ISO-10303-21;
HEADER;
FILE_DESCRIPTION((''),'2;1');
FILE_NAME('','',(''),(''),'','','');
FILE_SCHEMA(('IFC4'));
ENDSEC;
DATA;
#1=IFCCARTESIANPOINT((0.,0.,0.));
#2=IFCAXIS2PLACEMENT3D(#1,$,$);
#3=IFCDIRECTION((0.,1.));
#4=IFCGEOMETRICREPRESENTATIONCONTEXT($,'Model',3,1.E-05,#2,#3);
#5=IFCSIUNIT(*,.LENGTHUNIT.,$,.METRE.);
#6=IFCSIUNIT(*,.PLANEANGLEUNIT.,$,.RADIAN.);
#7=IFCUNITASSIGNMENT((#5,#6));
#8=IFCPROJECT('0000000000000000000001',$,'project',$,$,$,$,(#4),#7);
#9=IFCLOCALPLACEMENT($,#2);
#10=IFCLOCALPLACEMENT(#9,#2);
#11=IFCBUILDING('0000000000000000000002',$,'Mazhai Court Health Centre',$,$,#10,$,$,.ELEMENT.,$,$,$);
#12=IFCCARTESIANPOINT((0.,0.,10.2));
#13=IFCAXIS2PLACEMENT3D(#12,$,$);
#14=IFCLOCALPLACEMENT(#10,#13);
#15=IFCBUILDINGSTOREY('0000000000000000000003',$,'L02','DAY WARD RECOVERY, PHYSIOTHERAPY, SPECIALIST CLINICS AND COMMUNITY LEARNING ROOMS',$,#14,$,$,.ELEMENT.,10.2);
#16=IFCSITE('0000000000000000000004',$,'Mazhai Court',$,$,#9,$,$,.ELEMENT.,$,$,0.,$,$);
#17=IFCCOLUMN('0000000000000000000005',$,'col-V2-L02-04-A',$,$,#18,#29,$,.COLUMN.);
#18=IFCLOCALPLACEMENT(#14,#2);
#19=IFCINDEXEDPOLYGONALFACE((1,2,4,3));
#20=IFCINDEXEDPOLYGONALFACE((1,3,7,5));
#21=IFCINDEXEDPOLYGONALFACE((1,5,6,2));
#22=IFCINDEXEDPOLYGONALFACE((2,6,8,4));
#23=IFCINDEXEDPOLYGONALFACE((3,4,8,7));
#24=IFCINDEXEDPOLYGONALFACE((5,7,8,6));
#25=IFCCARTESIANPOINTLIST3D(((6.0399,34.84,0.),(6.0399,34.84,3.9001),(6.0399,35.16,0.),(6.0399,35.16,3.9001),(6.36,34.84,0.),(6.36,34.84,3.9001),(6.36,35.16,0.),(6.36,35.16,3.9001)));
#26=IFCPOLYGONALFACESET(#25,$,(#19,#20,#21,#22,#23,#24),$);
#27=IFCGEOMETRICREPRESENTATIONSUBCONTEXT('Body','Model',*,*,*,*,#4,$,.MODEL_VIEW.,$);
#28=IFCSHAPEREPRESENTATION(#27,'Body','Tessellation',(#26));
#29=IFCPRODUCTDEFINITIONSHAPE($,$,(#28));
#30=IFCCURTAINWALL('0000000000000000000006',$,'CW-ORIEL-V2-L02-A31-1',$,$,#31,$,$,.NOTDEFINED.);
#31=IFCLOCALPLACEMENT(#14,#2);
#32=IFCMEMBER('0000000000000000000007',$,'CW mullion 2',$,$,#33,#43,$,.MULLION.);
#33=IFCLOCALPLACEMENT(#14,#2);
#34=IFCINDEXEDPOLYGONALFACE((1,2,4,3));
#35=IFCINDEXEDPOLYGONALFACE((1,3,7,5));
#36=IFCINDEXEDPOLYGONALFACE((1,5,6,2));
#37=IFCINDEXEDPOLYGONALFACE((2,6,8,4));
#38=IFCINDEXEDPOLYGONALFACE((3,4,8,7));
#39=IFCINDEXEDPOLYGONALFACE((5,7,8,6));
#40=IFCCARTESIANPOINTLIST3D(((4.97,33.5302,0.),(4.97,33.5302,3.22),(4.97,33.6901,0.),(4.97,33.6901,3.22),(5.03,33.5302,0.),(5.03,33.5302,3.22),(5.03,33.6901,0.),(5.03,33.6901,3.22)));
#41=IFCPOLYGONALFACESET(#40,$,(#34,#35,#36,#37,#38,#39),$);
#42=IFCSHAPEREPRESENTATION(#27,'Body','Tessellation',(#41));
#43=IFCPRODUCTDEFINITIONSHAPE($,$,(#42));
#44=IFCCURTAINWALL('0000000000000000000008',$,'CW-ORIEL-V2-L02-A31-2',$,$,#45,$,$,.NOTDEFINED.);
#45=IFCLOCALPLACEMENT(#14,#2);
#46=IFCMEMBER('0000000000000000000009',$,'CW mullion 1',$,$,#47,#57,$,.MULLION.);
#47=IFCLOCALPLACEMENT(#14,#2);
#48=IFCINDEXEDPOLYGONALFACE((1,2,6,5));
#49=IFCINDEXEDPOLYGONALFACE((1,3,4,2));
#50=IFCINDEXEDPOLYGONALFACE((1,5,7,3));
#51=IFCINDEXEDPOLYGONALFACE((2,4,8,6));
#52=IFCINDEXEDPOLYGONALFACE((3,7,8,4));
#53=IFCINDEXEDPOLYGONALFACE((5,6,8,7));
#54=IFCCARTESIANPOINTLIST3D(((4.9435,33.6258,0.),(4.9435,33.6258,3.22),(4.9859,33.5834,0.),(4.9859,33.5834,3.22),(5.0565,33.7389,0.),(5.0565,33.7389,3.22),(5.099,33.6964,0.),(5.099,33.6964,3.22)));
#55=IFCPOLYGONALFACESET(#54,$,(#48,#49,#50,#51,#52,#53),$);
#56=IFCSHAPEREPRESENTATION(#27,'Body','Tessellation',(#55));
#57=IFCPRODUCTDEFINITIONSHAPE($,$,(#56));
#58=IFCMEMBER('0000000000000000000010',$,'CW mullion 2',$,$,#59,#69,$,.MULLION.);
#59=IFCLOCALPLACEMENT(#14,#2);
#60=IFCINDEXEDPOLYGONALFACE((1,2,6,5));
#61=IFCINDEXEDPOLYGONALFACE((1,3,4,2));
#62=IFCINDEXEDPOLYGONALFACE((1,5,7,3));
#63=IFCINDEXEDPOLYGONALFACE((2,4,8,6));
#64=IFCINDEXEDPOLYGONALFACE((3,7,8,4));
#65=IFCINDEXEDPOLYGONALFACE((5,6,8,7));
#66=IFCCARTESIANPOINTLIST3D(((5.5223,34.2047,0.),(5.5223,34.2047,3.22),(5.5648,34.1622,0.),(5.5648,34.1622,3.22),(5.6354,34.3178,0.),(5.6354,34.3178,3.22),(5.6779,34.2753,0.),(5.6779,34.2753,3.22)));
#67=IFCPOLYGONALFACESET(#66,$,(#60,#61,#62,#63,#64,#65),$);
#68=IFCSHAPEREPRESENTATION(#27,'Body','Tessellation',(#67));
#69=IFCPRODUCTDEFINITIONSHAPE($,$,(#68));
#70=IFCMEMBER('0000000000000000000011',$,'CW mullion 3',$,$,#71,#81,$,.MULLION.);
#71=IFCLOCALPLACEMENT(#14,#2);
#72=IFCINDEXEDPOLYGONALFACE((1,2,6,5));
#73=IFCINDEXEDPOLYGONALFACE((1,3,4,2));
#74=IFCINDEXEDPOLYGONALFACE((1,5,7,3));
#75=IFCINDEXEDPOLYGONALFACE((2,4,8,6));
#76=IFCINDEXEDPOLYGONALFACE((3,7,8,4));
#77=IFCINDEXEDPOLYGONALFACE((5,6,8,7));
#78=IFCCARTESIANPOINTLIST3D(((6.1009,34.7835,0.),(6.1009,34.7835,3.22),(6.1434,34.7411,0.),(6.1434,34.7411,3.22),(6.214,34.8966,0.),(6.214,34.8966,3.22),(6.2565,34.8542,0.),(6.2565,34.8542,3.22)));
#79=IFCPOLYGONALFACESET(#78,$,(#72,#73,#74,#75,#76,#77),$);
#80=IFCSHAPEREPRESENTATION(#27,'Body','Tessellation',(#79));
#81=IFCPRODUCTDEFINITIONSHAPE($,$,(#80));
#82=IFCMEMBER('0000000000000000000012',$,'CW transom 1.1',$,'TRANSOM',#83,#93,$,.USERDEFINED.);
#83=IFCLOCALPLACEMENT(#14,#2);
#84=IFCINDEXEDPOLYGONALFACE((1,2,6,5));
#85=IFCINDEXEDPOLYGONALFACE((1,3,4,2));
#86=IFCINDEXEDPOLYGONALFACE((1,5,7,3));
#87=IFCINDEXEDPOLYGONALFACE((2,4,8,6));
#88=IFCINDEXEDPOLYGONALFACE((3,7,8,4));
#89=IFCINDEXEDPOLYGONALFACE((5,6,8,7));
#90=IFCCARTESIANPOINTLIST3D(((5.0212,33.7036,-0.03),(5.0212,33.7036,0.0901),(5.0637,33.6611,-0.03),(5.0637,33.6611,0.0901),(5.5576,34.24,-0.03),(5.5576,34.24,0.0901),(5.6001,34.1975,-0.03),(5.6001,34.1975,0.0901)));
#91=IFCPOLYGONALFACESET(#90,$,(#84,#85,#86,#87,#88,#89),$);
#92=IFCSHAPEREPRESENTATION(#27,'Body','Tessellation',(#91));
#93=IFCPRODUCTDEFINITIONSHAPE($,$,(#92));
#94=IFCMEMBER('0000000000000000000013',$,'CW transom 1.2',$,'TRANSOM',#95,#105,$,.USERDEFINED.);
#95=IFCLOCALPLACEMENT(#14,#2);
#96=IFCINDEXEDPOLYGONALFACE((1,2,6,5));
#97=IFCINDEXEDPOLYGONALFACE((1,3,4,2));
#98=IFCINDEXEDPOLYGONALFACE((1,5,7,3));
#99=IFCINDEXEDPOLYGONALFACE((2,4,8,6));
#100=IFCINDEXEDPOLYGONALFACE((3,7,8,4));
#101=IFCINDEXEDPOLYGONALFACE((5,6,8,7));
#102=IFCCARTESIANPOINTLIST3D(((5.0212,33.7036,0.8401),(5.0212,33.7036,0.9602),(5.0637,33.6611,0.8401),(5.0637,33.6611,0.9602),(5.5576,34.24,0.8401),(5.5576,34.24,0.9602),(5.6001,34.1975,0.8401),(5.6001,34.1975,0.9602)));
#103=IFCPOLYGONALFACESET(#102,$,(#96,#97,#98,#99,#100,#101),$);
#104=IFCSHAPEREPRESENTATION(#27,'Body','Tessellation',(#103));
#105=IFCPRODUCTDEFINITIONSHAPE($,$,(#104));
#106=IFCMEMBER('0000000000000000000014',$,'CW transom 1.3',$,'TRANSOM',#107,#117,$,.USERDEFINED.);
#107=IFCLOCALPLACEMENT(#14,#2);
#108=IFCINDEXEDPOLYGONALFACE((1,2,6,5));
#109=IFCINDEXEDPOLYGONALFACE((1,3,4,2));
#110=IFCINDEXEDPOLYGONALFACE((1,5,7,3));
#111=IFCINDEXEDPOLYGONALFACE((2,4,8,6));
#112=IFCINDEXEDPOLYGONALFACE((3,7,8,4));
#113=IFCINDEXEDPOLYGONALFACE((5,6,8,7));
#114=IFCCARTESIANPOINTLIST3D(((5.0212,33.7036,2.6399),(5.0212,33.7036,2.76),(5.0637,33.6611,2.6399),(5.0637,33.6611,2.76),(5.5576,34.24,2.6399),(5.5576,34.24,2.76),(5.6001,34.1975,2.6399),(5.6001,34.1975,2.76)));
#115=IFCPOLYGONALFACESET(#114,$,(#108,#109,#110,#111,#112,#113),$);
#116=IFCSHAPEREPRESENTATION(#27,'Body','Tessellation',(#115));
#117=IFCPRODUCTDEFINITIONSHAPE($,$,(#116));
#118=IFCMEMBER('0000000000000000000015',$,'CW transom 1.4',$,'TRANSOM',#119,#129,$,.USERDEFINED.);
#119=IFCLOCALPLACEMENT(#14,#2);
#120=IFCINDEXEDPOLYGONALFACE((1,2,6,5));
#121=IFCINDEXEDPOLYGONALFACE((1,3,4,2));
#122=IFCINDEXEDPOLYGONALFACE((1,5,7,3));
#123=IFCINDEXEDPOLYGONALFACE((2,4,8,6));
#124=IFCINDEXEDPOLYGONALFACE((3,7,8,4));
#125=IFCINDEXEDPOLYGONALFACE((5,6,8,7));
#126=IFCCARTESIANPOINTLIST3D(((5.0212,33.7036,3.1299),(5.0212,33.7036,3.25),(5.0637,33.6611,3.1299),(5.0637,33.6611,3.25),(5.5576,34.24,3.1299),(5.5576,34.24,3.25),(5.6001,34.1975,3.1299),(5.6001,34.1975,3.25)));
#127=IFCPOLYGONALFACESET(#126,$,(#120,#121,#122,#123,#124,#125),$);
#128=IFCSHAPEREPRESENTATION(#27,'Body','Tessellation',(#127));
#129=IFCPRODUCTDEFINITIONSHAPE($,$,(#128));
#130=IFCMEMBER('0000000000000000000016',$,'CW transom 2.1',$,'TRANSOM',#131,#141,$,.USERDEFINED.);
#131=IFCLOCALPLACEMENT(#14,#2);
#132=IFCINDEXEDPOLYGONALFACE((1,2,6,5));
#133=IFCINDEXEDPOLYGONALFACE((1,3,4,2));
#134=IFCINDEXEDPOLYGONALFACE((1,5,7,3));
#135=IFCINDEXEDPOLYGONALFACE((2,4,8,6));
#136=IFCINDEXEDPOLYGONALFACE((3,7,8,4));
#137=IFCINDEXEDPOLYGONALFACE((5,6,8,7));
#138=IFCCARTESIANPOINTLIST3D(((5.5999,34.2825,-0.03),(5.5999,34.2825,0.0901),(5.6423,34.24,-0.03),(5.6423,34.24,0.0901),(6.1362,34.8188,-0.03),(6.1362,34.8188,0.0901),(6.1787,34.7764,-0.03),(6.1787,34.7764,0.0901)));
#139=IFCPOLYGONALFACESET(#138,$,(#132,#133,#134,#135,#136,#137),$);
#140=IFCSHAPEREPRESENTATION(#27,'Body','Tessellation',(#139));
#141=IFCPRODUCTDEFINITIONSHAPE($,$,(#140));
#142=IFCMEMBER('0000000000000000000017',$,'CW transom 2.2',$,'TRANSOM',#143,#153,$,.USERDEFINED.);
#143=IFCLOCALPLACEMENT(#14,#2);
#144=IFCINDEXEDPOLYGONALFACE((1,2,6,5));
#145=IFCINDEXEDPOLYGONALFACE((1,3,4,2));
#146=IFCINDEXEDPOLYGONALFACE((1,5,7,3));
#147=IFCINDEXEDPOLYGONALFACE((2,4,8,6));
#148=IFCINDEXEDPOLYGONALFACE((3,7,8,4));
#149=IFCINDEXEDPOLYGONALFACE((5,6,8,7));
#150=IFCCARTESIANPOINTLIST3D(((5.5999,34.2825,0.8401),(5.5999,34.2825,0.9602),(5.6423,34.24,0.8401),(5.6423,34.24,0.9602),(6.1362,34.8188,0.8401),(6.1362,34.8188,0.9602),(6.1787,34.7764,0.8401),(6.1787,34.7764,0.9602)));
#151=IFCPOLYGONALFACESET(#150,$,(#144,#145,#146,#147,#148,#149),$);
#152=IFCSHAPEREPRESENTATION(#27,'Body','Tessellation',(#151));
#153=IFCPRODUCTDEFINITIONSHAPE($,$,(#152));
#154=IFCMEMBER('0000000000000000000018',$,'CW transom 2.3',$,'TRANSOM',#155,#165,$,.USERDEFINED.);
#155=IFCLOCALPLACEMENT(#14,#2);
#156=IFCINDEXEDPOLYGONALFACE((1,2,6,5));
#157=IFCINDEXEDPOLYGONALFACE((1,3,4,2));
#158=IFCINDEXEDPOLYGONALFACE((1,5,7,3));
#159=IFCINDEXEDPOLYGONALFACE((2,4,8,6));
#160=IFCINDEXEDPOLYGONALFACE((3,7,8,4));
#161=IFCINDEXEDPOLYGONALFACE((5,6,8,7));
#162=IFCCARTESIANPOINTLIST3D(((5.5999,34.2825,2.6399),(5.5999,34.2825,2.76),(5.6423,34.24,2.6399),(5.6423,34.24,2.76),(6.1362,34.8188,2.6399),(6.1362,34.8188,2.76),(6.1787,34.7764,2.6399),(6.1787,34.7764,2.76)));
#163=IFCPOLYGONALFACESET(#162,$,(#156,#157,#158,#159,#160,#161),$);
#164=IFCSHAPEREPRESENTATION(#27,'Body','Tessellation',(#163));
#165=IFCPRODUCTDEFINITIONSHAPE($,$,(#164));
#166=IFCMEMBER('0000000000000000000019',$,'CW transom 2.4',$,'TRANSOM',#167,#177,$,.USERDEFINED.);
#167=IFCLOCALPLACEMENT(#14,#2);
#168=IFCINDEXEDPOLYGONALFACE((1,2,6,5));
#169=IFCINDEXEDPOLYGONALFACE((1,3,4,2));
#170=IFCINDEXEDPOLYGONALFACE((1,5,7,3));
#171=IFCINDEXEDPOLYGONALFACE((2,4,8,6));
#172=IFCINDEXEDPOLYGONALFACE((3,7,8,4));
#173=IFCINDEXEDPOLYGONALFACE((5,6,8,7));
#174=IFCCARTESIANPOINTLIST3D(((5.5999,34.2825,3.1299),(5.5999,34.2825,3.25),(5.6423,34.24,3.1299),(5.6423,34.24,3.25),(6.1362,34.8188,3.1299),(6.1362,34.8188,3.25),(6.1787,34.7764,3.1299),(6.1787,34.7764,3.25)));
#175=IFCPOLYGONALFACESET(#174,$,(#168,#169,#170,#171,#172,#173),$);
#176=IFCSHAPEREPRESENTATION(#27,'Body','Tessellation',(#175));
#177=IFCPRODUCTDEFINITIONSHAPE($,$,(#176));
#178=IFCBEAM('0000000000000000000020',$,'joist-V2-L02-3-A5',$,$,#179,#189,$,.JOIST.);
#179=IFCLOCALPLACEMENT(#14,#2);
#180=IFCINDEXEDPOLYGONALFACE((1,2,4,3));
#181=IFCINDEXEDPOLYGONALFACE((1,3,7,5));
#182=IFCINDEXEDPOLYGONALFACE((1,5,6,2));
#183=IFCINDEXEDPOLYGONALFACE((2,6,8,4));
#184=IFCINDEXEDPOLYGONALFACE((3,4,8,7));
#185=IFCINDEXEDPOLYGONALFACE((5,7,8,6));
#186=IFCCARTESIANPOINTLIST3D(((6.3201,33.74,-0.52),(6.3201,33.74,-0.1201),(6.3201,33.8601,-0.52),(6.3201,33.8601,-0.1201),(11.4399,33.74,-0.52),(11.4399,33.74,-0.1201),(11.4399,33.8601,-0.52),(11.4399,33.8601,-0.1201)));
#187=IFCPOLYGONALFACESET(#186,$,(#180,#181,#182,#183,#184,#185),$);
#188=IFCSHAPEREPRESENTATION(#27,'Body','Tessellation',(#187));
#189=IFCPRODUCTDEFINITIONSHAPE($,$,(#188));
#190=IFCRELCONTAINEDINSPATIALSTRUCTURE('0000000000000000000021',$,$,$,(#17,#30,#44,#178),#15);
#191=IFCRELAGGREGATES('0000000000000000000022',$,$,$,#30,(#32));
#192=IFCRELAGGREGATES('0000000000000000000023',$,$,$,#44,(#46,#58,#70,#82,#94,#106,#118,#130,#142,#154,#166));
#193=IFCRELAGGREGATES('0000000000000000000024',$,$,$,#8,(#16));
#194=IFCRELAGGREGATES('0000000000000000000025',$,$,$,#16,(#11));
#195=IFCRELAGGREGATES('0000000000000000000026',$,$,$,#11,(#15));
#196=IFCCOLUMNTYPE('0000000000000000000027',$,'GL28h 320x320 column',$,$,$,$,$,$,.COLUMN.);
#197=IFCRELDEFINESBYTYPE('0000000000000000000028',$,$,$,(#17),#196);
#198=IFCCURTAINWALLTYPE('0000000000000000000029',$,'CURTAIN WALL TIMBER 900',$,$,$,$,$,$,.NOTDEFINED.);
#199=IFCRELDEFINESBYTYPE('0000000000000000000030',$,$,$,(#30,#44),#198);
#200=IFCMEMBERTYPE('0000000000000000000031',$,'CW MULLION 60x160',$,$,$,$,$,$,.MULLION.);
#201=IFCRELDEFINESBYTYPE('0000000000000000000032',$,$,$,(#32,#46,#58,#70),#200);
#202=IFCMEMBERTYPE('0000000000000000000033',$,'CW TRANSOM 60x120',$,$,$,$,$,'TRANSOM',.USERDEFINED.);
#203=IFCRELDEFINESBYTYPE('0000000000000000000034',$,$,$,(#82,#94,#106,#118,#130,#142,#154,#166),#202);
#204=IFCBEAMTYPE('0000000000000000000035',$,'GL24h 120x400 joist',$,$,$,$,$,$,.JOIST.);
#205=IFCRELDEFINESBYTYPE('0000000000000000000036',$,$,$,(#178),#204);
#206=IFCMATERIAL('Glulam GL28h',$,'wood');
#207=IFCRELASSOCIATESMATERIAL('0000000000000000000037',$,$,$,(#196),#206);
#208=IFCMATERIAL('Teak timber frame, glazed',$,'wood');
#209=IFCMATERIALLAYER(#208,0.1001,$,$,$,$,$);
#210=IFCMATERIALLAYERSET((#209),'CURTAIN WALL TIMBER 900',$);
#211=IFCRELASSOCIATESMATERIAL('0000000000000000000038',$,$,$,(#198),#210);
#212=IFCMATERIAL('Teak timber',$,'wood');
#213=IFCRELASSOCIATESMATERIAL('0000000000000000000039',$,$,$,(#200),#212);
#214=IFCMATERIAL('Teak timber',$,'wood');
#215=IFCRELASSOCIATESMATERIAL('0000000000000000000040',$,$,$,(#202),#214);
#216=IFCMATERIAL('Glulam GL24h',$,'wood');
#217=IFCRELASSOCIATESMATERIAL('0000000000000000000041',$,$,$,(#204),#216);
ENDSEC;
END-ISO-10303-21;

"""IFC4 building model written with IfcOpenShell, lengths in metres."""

from ifc_helpers import new_model, si_unit, direction, frame, origin, origin_2d, place, context, subcontext, project, spatial, rectangle, extrude, material, layer, layer_set, material_profile, profile_set, type_object, element, aggregate, save


model = new_model("IFC4")

# Units and contexts
model_context = context("Model", 3, precision=1e-05, world=origin(), true_north=direction((0.0, 1.0)))
body_context = subcontext(model_context, "Body", "Model", "MODEL_VIEW")
ifc_project = project(units=[si_unit("LENGTHUNIT", "METRE"), si_unit("PLANEANGLEUNIT", "RADIAN")], contexts=[model_context])

# Site, building, storey
site_placement = place(None, origin())
site = spatial("IfcSite", under=ifc_project, at=site_placement, Name="Mazhai Court", CompositionType="ELEMENT", RefElevation=0.0)
building_placement = place(site_placement, origin())
building = spatial("IfcBuilding", under=site, at=building_placement, Name="Mazhai Court Health Centre", CompositionType="ELEMENT")
storey_placement = place(building_placement, frame((0.0, 0.0, 10.2)))
storey = spatial("IfcBuildingStorey", under=building, at=storey_placement, Name="L02", Description="DAY WARD RECOVERY, PHYSIOTHERAPY, SPECIALIST CLINICS AND COMMUNITY LEARNING ROOMS", CompositionType="ELEMENT", Elevation=10.2)

# Column
ifc_material_1 = material(Name="Glulam GL28h", Category="wood")
ifc_material_profile_1 = material_profile(ifc_material_1, rectangle(XDim=0.3201, YDim=0.3201, at=origin_2d()), Name="GL28h 320x320")
ifc_profile_set_1 = profile_set([ifc_material_profile_1], Name="Glulam GL28h")
column_type = type_object("IfcColumnType", Name="GL28h 320x320 column", PredefinedType="COLUMN", material=ifc_profile_set_1)
column_placement = place(storey_placement, frame((6.2, 35.0, 0.0), z_axis=(0.0, 0.0, 1.0), x_axis=(1.0, 0.0, 0.0)))
element("IfcColumn", 1, at=column_placement, inside=storey, type_object=column_type, Name="col-V2-L02-04-A", PredefinedType="COLUMN", context=body_context, shape_type="SweptSolid", body=[
    extrude(rectangle(XDim=0.3201, YDim=0.3201, at=origin_2d()), origin(), (0.0, 0.0, 1.0), 3.9001),
])

# Curtain wall, member
ifc_material_2 = material(Name="Teak timber frame, glazed", Category="wood")
ifc_layer_1 = layer(ifc_material_2, 0.1001)
ifc_layer_set_1 = layer_set([ifc_layer_1], Name="CURTAIN WALL TIMBER 900")
curtain_wall_type = type_object("IfcCurtainWallType", Name="CURTAIN WALL TIMBER 900", PredefinedType="NOTDEFINED", material=ifc_layer_set_1)
curtain_wall_1_placement = place(storey_placement, origin())
curtain_wall_1 = element("IfcCurtainWall", 2, at=curtain_wall_1_placement, inside=storey, type_object=curtain_wall_type, Name="CW-ORIEL-V2-L02-A31-1", PredefinedType="NOTDEFINED")
ifc_material_3 = material(Name="Teak timber", Category="wood")
ifc_material_profile_2 = material_profile(ifc_material_3, rectangle(XDim=0.0601, YDim=0.1599, at=origin_2d()), Name="CW MULLION 60x160")
ifc_profile_set_2 = profile_set([ifc_material_profile_2], Name="Teak timber")
member_type_1 = type_object("IfcMemberType", Name="CW MULLION 60x160", PredefinedType="MULLION", material=ifc_profile_set_2)
member_1_placement = place(storey_placement, frame((5.0, 33.6101, 0.0), z_axis=(0.0, 0.0, 1.0), x_axis=(-1.0, 0.0, 0.0)))
member_1 = element("IfcMember", 3, at=member_1_placement, type_object=member_type_1, Name="CW mullion 2", PredefinedType="MULLION", context=body_context, shape_type="SweptSolid", body=[
    extrude(rectangle(XDim=0.0601, YDim=0.1599, at=origin_2d()), origin(), (0.0, 0.0, 1.0), 3.22),
])
aggregate(curtain_wall_1, [member_1])

# Curtain wall, members
curtain_wall_2_placement = place(storey_placement, origin())
curtain_wall_2 = element("IfcCurtainWall", 4, at=curtain_wall_2_placement, inside=storey, type_object=curtain_wall_type, Name="CW-ORIEL-V2-L02-A31-2", PredefinedType="NOTDEFINED")
member_2_placement = place(storey_placement, frame((5.0212, 33.6611, 0.0), z_axis=(0.0, 0.0, 1.0), x_axis=(-0.707107, 0.707107, 0.0)))
member_2 = element("IfcMember", 5, at=member_2_placement, type_object=member_type_1, Name="CW mullion 1", PredefinedType="MULLION", context=body_context, shape_type="SweptSolid", body=[
    extrude(rectangle(XDim=0.0601, YDim=0.1599, at=origin_2d()), origin(), (0.0, 0.0, 1.0), 3.22),
])
member_3_placement = place(storey_placement, frame((5.6001, 34.24, 0.0), z_axis=(0.0, 0.0, 1.0), x_axis=(-0.707107, 0.707107, 0.0)))
member_3 = element("IfcMember", 6, at=member_3_placement, type_object=member_type_1, Name="CW mullion 2", PredefinedType="MULLION", context=body_context, shape_type="SweptSolid", body=[
    extrude(rectangle(XDim=0.0601, YDim=0.1599, at=origin_2d()), origin(), (0.0, 0.0, 1.0), 3.22),
])
member_4_placement = place(storey_placement, frame((6.1787, 34.8188, 0.0), z_axis=(0.0, 0.0, 1.0), x_axis=(-0.707107, 0.707107, 0.0)))
member_4 = element("IfcMember", 7, at=member_4_placement, type_object=member_type_1, Name="CW mullion 3", PredefinedType="MULLION", context=body_context, shape_type="SweptSolid", body=[
    extrude(rectangle(XDim=0.0601, YDim=0.1599, at=origin_2d()), origin(), (0.0, 0.0, 1.0), 3.22),
])
ifc_material_4 = material(Name="Teak timber", Category="wood")
ifc_material_profile_3 = material_profile(ifc_material_4, rectangle(XDim=0.0601, YDim=0.1201, at=origin_2d()), Name="CW TRANSOM 60x120")
ifc_profile_set_3 = profile_set([ifc_material_profile_3], Name="Teak timber")
member_type_2 = type_object("IfcMemberType", Name="CW TRANSOM 60x120", ElementType="TRANSOM", PredefinedType="USERDEFINED", material=ifc_profile_set_3)
member_5_placement = place(storey_placement, frame((5.0425, 33.6824, 0.03), z_axis=(0.707107, 0.707107, 0.0), x_axis=(-0.707107, 0.707107, 0.0)))
member_5 = element("IfcMember", 8, at=member_5_placement, type_object=member_type_2, Name="CW transom 1.1", ObjectType="TRANSOM", PredefinedType="USERDEFINED", context=body_context, shape_type="SweptSolid", body=[
    extrude(rectangle(XDim=0.0601, YDim=0.1201, at=origin_2d()), origin(), (0.0, 0.0, 1.0), 0.7585),
])
member_6_placement = place(storey_placement, frame((5.0425, 33.6824, 0.9001), z_axis=(0.707107, 0.707107, 0.0), x_axis=(-0.707107, 0.707107, 0.0)))
member_6 = element("IfcMember", 9, at=member_6_placement, type_object=member_type_2, Name="CW transom 1.2", ObjectType="TRANSOM", PredefinedType="USERDEFINED", context=body_context, shape_type="SweptSolid", body=[
    extrude(rectangle(XDim=0.0601, YDim=0.1201, at=origin_2d()), origin(), (0.0, 0.0, 1.0), 0.7585),
])
member_7_placement = place(storey_placement, frame((5.0425, 33.6824, 2.7), z_axis=(0.707107, 0.707107, 0.0), x_axis=(-0.707107, 0.707107, 0.0)))
member_7 = element("IfcMember", 10, at=member_7_placement, type_object=member_type_2, Name="CW transom 1.3", ObjectType="TRANSOM", PredefinedType="USERDEFINED", context=body_context, shape_type="SweptSolid", body=[
    extrude(rectangle(XDim=0.0601, YDim=0.1201, at=origin_2d()), origin(), (0.0, 0.0, 1.0), 0.7585),
])
member_8_placement = place(storey_placement, frame((5.0425, 33.6824, 3.1899), z_axis=(0.707107, 0.707107, 0.0), x_axis=(-0.707107, 0.707107, 0.0)))
member_8 = element("IfcMember", 11, at=member_8_placement, type_object=member_type_2, Name="CW transom 1.4", ObjectType="TRANSOM", PredefinedType="USERDEFINED", context=body_context, shape_type="SweptSolid", body=[
    extrude(rectangle(XDim=0.0601, YDim=0.1201, at=origin_2d()), origin(), (0.0, 0.0, 1.0), 0.7585),
])
member_9_placement = place(storey_placement, frame((5.6211, 34.2612, 0.03), z_axis=(0.707107, 0.707107, 0.0), x_axis=(-0.707107, 0.707107, 0.0)))
member_9 = element("IfcMember", 12, at=member_9_placement, type_object=member_type_2, Name="CW transom 2.1", ObjectType="TRANSOM", PredefinedType="USERDEFINED", context=body_context, shape_type="SweptSolid", body=[
    extrude(rectangle(XDim=0.0601, YDim=0.1201, at=origin_2d()), origin(), (0.0, 0.0, 1.0), 0.7585),
])
member_10_placement = place(storey_placement, frame((5.6211, 34.2612, 0.9001), z_axis=(0.707107, 0.707107, 0.0), x_axis=(-0.707107, 0.707107, 0.0)))
member_10 = element("IfcMember", 13, at=member_10_placement, type_object=member_type_2, Name="CW transom 2.2", ObjectType="TRANSOM", PredefinedType="USERDEFINED", context=body_context, shape_type="SweptSolid", body=[
    extrude(rectangle(XDim=0.0601, YDim=0.1201, at=origin_2d()), origin(), (0.0, 0.0, 1.0), 0.7585),
])
member_11_placement = place(storey_placement, frame((5.6211, 34.2612, 2.7), z_axis=(0.707107, 0.707107, 0.0), x_axis=(-0.707107, 0.707107, 0.0)))
member_11 = element("IfcMember", 14, at=member_11_placement, type_object=member_type_2, Name="CW transom 2.3", ObjectType="TRANSOM", PredefinedType="USERDEFINED", context=body_context, shape_type="SweptSolid", body=[
    extrude(rectangle(XDim=0.0601, YDim=0.1201, at=origin_2d()), origin(), (0.0, 0.0, 1.0), 0.7585),
])
member_12_placement = place(storey_placement, frame((5.6211, 34.2612, 3.1899), z_axis=(0.707107, 0.707107, 0.0), x_axis=(-0.707107, 0.707107, 0.0)))
member_12 = element("IfcMember", 15, at=member_12_placement, type_object=member_type_2, Name="CW transom 2.4", ObjectType="TRANSOM", PredefinedType="USERDEFINED", context=body_context, shape_type="SweptSolid", body=[
    extrude(rectangle(XDim=0.0601, YDim=0.1201, at=origin_2d()), origin(), (0.0, 0.0, 1.0), 0.7585),
])

# Beam
ifc_material_5 = material(Name="Glulam GL24h", Category="wood")
ifc_material_profile_4 = material_profile(ifc_material_5, rectangle(XDim=0.1201, YDim=0.3999, at=origin_2d()), Name="GL24h 120x400")
ifc_profile_set_4 = profile_set([ifc_material_profile_4], Name="Glulam GL24h")
beam_type = type_object("IfcBeamType", Name="GL24h 120x400 joist", PredefinedType="JOIST", material=ifc_profile_set_4)
beam_placement = place(storey_placement, frame((6.3201, 33.8, -0.3201), z_axis=(1.0, 0.0, 0.0), x_axis=(0.0, 1.0, 0.0)))
element("IfcBeam", 16, at=beam_placement, inside=storey, type_object=beam_type, Name="joist-V2-L02-3-A5", PredefinedType="JOIST", context=body_context, shape_type="SweptSolid", body=[
    extrude(rectangle(XDim=0.1201, YDim=0.3999, at=origin_2d()), origin(), (0.0, 0.0, 1.0), 5.1199),
])

aggregate(curtain_wall_2, [member_2, member_3, member_4, member_5, member_6, member_7, member_8, member_9, member_10, member_11, member_12])

save(model, "model.ifc")
